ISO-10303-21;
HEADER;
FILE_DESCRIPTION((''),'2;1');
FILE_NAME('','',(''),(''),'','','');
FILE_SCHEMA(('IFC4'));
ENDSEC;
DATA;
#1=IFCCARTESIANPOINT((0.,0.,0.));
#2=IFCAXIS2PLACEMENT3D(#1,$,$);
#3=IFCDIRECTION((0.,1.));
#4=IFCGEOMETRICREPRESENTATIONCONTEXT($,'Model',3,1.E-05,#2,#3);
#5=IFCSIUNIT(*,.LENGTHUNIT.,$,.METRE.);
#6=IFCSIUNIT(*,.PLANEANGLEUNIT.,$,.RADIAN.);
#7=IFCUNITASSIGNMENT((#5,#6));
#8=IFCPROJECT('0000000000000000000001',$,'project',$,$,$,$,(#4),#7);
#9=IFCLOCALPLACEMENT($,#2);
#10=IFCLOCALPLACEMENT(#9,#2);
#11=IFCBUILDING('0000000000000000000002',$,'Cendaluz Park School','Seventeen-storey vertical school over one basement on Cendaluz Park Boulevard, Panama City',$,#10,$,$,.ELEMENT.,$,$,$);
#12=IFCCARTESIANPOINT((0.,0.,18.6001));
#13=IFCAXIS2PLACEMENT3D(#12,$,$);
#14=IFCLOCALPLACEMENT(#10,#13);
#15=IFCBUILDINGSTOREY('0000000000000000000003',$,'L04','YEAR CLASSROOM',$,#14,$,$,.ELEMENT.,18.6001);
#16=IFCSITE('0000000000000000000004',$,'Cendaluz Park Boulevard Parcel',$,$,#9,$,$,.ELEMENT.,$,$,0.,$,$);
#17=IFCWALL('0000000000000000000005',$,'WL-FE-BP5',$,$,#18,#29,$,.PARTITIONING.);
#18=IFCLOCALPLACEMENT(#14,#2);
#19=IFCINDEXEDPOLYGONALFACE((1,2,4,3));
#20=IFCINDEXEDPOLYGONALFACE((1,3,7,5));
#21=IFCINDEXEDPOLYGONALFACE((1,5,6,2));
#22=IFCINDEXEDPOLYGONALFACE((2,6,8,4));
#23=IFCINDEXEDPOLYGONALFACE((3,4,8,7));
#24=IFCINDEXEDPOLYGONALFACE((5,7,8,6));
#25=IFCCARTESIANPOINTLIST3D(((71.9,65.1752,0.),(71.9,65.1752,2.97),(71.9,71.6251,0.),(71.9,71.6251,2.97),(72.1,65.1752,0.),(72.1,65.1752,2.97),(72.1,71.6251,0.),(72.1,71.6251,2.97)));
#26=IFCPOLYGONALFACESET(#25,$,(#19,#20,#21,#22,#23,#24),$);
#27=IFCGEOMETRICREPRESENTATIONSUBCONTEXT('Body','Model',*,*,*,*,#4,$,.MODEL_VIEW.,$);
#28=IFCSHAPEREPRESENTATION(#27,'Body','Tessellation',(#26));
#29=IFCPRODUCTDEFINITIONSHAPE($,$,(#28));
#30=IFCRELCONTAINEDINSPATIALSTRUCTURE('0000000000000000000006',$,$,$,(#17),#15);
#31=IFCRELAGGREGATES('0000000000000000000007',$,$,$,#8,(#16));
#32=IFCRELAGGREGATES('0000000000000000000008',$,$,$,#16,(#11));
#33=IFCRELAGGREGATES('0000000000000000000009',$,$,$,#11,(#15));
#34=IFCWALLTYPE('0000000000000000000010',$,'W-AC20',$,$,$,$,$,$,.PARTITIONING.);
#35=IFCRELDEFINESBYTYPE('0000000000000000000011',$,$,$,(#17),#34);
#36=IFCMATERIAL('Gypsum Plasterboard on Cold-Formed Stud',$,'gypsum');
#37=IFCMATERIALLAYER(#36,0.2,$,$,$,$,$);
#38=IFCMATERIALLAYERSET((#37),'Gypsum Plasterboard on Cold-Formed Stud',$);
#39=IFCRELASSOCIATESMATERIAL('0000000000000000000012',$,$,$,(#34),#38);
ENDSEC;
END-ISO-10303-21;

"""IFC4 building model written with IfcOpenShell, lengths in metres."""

from ifc_helpers import new_model, si_unit, direction, frame, frame_2d, origin, place, context, subcontext, project, spatial, rectangle, extrude, material, layer, layer_set, type_object, element, save


model = new_model("IFC4")

# Units and contexts
model_context = context("Model", 3, precision=1e-05, world=origin(), true_north=direction((0.0, 1.0)))
body_context = subcontext(model_context, "Body", "Model", "MODEL_VIEW")
ifc_project = project(units=[si_unit("LENGTHUNIT", "METRE"), si_unit("PLANEANGLEUNIT", "RADIAN")], contexts=[model_context])

# Site, building, storey
site_placement = place(None, origin())
site = spatial("IfcSite", under=ifc_project, at=site_placement, Name="Cendaluz Park Boulevard Parcel", CompositionType="ELEMENT", RefElevation=0.0)
building_placement = place(site_placement, origin())
building = spatial("IfcBuilding", under=site, at=building_placement, Name="Cendaluz Park School", Description="Seventeen-storey vertical school over one basement on Cendaluz Park Boulevard, Panama City", CompositionType="ELEMENT")
storey_placement = place(building_placement, frame((0.0, 0.0, 18.6001)))
storey = spatial("IfcBuildingStorey", under=building, at=storey_placement, Name="L04", Description="YEAR CLASSROOM", CompositionType="ELEMENT", Elevation=18.6001)

# Shared definitions
ifc_material_1 = material(Name="Gypsum Plasterboard on Cold-Formed Stud", Category="gypsum")
ifc_layer_1 = layer(ifc_material_1, 0.2)
ifc_layer_set_1 = layer_set([ifc_layer_1], Name="Gypsum Plasterboard on Cold-Formed Stud")
wall_type = type_object("IfcWallType", Name="W-AC20", PredefinedType="PARTITIONING", material=ifc_layer_set_1)

# Wall
wall_1_placement = place(storey_placement, frame((72.0, 65.175, 0.0), z_axis=(0.0, 0.0, 1.0), x_axis=(0.0, 1.0, 0.0)))
element("IfcWall", 1, at=wall_1_placement, inside=storey, type_object=wall_type, Name="WL-FE-BP5", PredefinedType="PARTITIONING", context=body_context, shape_type="SweptSolid", body=[
    extrude(rectangle(XDim=6.45, YDim=0.2, at=frame_2d((3.2251, 0.0))), origin(), (0.0, 0.0, 1.0), 2.97),
])

save(model, "model.ifc")
